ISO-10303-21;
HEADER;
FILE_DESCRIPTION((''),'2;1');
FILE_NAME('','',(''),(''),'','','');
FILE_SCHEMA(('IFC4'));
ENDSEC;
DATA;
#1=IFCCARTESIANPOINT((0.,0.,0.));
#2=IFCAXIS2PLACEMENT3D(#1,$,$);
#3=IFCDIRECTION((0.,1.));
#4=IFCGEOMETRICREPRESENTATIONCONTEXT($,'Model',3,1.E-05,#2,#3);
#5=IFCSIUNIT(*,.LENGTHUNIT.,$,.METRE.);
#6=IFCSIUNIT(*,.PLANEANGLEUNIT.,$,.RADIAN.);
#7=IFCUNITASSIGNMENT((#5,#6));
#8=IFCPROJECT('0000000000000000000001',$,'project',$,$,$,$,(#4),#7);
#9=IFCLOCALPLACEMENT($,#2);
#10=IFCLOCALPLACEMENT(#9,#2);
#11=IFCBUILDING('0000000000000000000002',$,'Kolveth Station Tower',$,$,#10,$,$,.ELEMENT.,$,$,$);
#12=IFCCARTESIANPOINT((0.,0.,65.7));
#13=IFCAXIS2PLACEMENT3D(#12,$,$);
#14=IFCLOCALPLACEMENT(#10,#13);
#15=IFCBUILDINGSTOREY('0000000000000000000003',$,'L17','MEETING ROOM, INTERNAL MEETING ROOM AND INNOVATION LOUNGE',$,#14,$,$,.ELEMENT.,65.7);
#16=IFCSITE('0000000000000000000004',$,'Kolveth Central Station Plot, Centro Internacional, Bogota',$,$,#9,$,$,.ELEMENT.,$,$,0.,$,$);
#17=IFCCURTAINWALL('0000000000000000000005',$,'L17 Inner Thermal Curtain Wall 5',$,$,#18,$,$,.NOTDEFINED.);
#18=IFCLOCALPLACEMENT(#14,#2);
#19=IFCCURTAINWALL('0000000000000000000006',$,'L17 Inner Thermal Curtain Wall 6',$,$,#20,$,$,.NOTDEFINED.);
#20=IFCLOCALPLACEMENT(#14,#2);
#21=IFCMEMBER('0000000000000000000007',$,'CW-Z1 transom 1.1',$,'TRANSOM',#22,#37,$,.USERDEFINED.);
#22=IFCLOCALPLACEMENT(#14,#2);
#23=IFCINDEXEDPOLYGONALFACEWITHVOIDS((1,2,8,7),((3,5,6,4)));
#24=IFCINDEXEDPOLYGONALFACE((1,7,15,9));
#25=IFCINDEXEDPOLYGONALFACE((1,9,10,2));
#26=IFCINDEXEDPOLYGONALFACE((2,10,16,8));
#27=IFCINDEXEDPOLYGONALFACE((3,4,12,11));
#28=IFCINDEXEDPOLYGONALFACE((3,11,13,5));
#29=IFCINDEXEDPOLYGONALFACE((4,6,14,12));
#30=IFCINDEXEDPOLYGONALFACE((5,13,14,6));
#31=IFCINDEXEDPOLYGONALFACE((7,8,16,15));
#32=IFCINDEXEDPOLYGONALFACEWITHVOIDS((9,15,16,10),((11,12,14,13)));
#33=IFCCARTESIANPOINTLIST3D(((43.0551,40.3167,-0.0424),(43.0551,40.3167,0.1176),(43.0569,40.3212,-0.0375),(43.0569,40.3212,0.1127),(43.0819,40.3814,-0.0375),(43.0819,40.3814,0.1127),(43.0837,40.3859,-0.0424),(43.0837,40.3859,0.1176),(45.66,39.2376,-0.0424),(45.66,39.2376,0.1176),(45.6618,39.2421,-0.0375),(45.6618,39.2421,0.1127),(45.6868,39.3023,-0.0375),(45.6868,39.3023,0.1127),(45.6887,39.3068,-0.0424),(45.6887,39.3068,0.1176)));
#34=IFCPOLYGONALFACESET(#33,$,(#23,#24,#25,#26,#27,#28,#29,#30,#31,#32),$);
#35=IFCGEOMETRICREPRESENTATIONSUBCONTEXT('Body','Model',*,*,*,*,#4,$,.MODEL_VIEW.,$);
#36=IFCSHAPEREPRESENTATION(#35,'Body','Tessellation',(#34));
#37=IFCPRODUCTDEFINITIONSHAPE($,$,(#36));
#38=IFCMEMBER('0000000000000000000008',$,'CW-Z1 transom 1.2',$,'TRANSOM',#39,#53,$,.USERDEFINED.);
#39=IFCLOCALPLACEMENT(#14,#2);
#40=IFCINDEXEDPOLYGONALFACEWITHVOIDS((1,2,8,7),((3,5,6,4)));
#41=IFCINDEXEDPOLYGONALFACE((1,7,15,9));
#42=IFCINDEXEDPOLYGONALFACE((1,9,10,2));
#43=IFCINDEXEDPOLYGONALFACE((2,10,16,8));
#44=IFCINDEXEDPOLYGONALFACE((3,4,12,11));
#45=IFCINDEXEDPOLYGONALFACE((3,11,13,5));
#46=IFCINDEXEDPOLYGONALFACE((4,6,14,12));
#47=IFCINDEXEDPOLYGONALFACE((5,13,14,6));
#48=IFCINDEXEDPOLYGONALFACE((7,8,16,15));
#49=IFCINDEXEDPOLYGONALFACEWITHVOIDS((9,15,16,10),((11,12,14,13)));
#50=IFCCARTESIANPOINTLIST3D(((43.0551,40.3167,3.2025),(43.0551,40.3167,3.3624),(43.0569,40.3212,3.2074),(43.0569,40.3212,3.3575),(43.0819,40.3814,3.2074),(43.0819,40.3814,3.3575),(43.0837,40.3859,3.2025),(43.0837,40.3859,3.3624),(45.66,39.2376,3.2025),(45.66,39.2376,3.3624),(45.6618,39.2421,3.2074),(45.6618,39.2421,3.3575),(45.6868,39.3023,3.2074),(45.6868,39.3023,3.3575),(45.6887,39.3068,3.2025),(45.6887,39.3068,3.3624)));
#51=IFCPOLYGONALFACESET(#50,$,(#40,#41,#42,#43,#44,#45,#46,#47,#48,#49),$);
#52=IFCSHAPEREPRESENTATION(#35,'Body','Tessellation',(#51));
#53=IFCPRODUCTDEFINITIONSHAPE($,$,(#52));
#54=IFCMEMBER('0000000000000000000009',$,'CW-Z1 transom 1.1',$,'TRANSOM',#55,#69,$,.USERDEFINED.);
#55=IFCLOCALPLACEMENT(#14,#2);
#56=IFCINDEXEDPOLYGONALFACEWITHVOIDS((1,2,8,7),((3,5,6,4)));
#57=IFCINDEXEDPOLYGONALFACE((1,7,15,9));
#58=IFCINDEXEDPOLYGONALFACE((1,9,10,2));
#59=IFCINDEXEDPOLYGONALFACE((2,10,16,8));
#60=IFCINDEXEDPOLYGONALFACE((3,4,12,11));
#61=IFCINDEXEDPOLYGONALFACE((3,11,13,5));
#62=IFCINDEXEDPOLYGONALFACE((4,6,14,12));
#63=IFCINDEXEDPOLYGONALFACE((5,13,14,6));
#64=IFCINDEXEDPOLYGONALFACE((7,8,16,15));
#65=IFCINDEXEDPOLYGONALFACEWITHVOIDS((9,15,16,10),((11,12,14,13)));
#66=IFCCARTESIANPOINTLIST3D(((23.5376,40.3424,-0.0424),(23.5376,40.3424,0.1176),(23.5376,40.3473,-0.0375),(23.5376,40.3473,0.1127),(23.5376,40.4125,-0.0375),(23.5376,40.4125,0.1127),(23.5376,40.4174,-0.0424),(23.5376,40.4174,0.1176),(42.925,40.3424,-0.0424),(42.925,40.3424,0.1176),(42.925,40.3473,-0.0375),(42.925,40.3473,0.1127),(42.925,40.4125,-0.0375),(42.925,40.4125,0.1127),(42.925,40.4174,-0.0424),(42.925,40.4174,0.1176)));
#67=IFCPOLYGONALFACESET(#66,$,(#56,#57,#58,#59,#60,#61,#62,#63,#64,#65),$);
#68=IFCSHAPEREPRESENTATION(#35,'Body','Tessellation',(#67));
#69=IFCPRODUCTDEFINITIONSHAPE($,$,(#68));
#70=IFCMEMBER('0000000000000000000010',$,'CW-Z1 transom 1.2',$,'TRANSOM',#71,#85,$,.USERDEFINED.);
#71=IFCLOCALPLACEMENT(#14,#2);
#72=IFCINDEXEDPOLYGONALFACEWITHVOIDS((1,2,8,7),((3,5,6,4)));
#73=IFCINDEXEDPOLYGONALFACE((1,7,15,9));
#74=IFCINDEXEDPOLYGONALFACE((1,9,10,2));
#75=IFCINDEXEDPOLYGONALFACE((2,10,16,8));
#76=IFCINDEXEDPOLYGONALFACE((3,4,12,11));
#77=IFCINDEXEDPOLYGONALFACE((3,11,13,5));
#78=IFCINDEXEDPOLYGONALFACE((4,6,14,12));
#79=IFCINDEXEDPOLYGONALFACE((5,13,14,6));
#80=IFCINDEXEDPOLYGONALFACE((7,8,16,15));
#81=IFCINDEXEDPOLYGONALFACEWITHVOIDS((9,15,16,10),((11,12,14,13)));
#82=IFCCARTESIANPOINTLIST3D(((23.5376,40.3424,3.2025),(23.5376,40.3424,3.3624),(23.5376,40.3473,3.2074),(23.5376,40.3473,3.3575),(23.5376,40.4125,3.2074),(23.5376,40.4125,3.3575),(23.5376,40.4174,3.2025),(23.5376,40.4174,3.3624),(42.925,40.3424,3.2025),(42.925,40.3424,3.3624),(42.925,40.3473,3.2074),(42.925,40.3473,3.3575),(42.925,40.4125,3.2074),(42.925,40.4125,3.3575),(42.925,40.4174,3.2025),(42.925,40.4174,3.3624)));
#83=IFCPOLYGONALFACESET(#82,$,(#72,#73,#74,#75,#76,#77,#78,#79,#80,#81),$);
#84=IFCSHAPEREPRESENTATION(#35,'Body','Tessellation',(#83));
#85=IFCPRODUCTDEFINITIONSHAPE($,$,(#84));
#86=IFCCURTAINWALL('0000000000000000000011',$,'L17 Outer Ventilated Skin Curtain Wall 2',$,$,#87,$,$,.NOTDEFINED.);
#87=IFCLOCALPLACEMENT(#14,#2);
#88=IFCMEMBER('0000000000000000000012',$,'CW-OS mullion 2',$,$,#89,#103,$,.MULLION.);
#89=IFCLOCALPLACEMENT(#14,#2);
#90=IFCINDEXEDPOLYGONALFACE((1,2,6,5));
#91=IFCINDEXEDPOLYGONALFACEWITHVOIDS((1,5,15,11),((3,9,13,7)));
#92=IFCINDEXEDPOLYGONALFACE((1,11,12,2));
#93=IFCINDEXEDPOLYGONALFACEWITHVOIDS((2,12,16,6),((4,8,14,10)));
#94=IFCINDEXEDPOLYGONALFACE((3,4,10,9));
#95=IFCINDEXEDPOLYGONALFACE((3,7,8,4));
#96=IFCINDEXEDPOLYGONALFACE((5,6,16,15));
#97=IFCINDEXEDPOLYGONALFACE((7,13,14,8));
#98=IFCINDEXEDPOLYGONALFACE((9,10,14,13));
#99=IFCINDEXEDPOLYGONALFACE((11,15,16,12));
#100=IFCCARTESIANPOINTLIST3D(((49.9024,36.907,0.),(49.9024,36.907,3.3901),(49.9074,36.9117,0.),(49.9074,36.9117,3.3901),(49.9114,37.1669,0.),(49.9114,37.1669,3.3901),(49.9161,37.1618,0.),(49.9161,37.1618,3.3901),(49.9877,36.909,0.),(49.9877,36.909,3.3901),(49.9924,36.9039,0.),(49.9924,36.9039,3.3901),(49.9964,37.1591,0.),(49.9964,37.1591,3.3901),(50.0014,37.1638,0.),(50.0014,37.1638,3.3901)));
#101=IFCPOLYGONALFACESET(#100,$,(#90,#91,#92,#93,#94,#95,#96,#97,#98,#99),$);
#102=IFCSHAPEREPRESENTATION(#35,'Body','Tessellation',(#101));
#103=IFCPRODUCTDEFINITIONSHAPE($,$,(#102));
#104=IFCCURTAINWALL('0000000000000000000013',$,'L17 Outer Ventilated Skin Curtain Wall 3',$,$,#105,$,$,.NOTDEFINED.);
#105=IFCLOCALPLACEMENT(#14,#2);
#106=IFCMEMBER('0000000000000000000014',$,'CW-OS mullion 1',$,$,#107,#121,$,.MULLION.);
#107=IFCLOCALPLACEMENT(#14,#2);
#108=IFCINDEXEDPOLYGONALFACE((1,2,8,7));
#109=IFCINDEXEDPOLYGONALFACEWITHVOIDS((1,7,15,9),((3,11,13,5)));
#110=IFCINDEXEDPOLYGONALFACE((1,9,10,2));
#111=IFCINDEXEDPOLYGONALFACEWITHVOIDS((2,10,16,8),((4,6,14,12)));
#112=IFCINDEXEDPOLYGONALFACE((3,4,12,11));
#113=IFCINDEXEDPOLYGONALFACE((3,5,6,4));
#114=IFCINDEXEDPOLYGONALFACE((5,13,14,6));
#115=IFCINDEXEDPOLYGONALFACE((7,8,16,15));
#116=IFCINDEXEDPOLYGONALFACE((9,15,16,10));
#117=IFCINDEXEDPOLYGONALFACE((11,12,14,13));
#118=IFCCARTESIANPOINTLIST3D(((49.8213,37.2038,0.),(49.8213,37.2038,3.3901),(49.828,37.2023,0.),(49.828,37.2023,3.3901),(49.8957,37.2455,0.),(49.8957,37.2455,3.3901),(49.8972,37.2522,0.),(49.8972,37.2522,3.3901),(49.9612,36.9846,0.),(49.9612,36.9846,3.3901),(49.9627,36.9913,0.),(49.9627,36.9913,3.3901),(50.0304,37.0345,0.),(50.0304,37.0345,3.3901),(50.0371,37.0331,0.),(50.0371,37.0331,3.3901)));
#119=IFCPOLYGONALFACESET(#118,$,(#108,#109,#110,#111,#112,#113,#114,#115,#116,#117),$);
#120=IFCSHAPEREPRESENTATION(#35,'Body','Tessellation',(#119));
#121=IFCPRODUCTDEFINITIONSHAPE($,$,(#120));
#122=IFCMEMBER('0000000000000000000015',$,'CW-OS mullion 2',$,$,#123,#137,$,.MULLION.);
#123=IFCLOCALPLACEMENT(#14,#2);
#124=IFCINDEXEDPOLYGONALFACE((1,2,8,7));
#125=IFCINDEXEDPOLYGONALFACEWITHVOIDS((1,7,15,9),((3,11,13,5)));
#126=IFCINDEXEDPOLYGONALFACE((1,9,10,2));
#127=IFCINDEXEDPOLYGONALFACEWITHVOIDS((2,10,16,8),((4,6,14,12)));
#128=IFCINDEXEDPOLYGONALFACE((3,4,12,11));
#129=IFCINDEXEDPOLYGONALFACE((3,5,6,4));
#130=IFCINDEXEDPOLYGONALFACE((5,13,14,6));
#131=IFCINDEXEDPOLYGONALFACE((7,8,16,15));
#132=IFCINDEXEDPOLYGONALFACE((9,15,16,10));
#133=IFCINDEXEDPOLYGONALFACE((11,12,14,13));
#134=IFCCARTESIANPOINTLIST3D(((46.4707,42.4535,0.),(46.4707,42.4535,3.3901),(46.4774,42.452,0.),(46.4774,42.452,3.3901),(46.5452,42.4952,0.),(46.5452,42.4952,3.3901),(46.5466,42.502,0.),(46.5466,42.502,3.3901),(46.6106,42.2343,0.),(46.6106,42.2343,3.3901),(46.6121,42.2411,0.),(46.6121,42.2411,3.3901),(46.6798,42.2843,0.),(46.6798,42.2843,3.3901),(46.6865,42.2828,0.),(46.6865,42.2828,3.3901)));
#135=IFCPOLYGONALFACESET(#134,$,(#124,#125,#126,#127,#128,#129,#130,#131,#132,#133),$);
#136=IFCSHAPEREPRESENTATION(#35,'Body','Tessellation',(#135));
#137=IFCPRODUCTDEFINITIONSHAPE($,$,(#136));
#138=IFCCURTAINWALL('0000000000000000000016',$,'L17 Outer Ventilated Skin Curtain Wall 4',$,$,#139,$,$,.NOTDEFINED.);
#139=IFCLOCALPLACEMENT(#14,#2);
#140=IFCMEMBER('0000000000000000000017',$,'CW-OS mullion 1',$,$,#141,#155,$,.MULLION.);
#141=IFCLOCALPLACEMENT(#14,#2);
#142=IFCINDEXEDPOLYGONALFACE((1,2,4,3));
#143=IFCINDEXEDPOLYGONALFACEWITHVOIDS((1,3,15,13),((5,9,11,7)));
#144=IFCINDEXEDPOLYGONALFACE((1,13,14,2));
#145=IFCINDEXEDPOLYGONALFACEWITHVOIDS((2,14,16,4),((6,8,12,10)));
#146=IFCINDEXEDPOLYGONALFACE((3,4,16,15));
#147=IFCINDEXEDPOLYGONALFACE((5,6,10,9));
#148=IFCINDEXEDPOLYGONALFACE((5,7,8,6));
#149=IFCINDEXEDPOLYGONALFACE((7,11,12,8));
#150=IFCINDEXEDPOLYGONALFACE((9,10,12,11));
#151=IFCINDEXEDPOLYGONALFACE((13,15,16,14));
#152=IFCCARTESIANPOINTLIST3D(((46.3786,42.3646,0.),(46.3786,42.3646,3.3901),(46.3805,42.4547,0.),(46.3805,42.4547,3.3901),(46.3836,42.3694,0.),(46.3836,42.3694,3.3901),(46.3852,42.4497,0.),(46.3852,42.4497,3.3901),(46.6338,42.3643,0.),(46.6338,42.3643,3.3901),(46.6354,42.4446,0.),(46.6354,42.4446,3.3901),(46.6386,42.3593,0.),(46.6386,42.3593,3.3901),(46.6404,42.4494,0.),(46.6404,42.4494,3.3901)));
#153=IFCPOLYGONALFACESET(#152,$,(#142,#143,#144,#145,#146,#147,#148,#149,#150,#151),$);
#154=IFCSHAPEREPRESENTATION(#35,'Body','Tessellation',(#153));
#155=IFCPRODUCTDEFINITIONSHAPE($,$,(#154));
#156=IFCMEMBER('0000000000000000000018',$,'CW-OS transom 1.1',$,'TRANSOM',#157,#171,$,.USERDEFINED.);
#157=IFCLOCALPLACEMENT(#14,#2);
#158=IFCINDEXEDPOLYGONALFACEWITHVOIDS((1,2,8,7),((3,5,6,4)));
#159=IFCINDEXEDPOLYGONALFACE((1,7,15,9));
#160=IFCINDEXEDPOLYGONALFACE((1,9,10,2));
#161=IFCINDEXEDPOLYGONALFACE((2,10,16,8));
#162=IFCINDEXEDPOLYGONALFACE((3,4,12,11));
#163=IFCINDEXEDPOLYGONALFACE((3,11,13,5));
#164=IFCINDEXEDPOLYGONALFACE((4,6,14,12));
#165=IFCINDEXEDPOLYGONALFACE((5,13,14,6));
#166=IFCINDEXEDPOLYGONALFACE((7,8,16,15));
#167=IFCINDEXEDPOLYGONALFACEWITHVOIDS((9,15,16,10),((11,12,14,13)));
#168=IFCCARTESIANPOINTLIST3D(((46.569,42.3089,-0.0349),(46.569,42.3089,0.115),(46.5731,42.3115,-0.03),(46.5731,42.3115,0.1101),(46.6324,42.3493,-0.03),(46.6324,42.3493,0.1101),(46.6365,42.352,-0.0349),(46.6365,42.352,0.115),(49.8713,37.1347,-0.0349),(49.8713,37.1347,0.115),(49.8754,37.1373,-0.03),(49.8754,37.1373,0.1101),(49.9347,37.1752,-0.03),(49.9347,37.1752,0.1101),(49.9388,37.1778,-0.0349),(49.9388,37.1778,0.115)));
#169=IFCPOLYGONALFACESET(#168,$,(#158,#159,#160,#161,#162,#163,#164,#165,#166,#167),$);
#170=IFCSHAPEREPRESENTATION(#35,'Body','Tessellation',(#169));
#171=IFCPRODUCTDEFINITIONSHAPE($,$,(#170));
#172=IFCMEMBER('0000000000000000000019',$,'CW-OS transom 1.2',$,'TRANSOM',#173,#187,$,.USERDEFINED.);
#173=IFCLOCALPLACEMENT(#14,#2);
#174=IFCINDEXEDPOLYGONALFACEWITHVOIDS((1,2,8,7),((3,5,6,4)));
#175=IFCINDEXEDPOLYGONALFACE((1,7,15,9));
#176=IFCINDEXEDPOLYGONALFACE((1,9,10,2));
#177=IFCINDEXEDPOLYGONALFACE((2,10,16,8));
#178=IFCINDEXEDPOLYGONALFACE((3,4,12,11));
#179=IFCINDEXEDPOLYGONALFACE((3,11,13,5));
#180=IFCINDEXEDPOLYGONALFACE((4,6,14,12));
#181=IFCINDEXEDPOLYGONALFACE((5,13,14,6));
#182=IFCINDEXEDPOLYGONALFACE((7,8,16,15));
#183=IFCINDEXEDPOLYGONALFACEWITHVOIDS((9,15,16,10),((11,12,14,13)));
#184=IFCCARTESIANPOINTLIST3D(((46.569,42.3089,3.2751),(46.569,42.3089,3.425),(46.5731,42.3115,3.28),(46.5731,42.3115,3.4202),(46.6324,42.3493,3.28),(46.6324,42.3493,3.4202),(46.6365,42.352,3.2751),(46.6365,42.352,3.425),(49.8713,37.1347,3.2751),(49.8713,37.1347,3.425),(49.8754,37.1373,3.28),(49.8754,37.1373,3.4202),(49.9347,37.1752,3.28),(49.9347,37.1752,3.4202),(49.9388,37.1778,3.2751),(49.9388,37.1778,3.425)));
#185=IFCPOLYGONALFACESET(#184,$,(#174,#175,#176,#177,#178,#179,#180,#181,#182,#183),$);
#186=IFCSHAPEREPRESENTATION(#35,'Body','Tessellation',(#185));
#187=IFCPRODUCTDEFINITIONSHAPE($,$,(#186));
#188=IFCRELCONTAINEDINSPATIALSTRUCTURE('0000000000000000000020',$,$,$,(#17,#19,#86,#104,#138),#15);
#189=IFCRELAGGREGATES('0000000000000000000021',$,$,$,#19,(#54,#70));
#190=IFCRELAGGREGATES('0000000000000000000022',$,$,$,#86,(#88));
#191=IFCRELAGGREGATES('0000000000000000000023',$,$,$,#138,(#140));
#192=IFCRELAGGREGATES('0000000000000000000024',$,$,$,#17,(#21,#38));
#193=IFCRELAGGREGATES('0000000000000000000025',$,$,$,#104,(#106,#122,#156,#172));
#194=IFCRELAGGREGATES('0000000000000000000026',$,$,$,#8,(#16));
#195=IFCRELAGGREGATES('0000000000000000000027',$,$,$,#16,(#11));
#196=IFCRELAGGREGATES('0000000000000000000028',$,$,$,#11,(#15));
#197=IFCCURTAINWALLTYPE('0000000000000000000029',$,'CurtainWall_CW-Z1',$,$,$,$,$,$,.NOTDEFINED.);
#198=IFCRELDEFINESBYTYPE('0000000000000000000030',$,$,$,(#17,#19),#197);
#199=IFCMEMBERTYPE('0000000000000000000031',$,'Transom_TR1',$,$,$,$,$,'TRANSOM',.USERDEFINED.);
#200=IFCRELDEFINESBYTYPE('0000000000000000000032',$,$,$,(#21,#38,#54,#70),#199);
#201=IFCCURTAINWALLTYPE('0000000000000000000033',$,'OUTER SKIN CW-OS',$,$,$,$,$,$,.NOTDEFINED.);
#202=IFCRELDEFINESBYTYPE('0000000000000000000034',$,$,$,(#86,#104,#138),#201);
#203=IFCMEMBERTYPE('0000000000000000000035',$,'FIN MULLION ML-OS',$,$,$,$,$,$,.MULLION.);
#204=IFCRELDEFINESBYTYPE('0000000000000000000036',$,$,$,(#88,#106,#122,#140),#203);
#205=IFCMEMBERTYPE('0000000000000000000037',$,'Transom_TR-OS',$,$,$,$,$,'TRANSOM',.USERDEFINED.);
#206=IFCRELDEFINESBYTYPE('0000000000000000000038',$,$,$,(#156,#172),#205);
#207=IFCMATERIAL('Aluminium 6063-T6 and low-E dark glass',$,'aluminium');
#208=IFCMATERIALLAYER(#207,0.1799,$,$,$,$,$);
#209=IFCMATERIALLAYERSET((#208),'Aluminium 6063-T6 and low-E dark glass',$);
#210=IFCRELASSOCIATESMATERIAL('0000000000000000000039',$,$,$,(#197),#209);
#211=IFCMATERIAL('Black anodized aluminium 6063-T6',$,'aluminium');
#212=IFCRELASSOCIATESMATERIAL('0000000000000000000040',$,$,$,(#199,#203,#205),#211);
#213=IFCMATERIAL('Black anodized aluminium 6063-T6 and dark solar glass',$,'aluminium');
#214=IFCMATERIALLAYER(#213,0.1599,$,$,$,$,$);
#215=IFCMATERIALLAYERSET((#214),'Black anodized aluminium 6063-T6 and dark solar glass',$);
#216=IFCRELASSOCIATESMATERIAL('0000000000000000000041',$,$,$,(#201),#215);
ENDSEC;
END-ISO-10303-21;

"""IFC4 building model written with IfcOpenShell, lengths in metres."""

from ifc_helpers import new_model, si_unit, direction, frame, origin, origin_2d, place, context, subcontext, project, spatial, hollow_rectangle, extrude, source, transform, mapped, material, layer, layer_set, material_profile, profile_set, type_object, element, aggregate, save


model = new_model("IFC4")

# Units and contexts
model_context = context("Model", 3, precision=1e-05, world=origin(), true_north=direction((0.0, 1.0)))
body_context = subcontext(model_context, "Body", "Model", "MODEL_VIEW")
ifc_project = project(units=[si_unit("LENGTHUNIT", "METRE"), si_unit("PLANEANGLEUNIT", "RADIAN")], contexts=[model_context])

# Site, building, storey
site_placement = place(None, origin())
site = spatial("IfcSite", under=ifc_project, at=site_placement, Name="Kolveth Central Station Plot, Centro Internacional, Bogota", CompositionType="ELEMENT", RefElevation=0.0)
building_placement = place(site_placement, origin())
building = spatial("IfcBuilding", under=site, at=building_placement, Name="Kolveth Station Tower", CompositionType="ELEMENT")
storey_placement = place(building_placement, frame((0.0, 0.0, 65.7)))
storey = spatial("IfcBuildingStorey", under=building, at=storey_placement, Name="L17", Description="MEETING ROOM, INTERNAL MEETING ROOM AND INNOVATION LOUNGE", CompositionType="ELEMENT", Elevation=65.7)

# Shared definitions
ifc_material_1 = material(Name="Aluminium 6063-T6 and low-E dark glass", Category="aluminium")
ifc_layer_1 = layer(ifc_material_1, 0.1799)
ifc_layer_set_1 = layer_set([ifc_layer_1], Name="Aluminium 6063-T6 and low-E dark glass")
curtain_wall_type_1 = type_object("IfcCurtainWallType", Name="CurtainWall_CW-Z1", PredefinedType="NOTDEFINED", material=ifc_layer_set_1)
ifc_material_2 = material(Name="Black anodized aluminium 6063-T6", Category="aluminium")

# Curtain wall
curtain_wall_1_placement = place(storey_placement, origin())
curtain_wall_1 = element("IfcCurtainWall", 1, at=curtain_wall_1_placement, inside=storey, type_object=curtain_wall_type_1, Name="L17 Inner Thermal Curtain Wall 5", PredefinedType="NOTDEFINED")

# Curtain wall
curtain_wall_2_placement = place(storey_placement, origin())
curtain_wall_2 = element("IfcCurtainWall", 2, at=curtain_wall_2_placement, inside=storey, type_object=curtain_wall_type_1, Name="L17 Inner Thermal Curtain Wall 6", PredefinedType="NOTDEFINED")

# Members
ifc_material_profile_1 = material_profile(ifc_material_2, hollow_rectangle(XDim=0.075, YDim=0.1599, WallThickness=0.0049, at=origin_2d()), Name="ALU-75x160x5")
ifc_profile_set_1 = profile_set([ifc_material_profile_1], Name="Black anodized aluminium 6063-T6")
member_type_1 = type_object("IfcMemberType", Name="Transom_TR1", ElementType="TRANSOM", PredefinedType="USERDEFINED", material=ifc_profile_set_1)
shared_shape_1 = source(origin(), body_context, "Body", "SweptSolid", [
    extrude(hollow_rectangle(XDim=0.075, YDim=0.1599, WallThickness=0.0049, at=origin_2d()), origin(), (0.0, 0.0, 1.0), 2.8196),
])
member_1_placement = place(storey_placement, frame((45.6743, 39.2722, 0.0376), z_axis=(-0.923869, 0.382709, 0.0), x_axis=(-0.382709, -0.923869, 0.0)))
member_1 = element("IfcMember", 3, at=member_1_placement, type_object=member_type_1, Name="CW-Z1 transom 1.1", ObjectType="TRANSOM", PredefinedType="USERDEFINED", context=body_context, shape_type="MappedRepresentation", body=[
    mapped(shared_shape_1, transform((0.0, 0.0, 0.0), x_axis=(1.0, 0.0, 0.0), y_axis=(0.0, 1.0, 0.0), z_axis=(0.0, 0.0, 1.0), scale=1.0)),
])
member_2_placement = place(storey_placement, frame((45.6743, 39.2722, 3.2825), z_axis=(-0.923869, 0.382709, 0.0), x_axis=(-0.382709, -0.923869, 0.0)))
member_2 = element("IfcMember", 4, at=member_2_placement, type_object=member_type_1, Name="CW-Z1 transom 1.2", ObjectType="TRANSOM", PredefinedType="USERDEFINED", context=body_context, shape_type="MappedRepresentation", body=[
    mapped(shared_shape_1, transform((0.0, 0.0, 0.0), x_axis=(1.0, 0.0, 0.0), y_axis=(0.0, 1.0, 0.0), z_axis=(0.0, 0.0, 1.0), scale=1.0)),
])
shared_shape_2 = source(origin(), body_context, "Body", "SweptSolid", [
    extrude(hollow_rectangle(XDim=0.075, YDim=0.1599, WallThickness=0.0049, at=origin_2d()), origin(), (0.0, 0.0, 1.0), 19.3875),
])
member_3_placement = place(storey_placement, frame((42.925, 40.3799, 0.0376), z_axis=(-1.0, 0.0, 0.0), x_axis=(0.0, -1.0, 0.0)))
member_3 = element("IfcMember", 5, at=member_3_placement, type_object=member_type_1, Name="CW-Z1 transom 1.1", ObjectType="TRANSOM", PredefinedType="USERDEFINED", context=body_context, shape_type="MappedRepresentation", body=[
    mapped(shared_shape_2, transform((0.0, 0.0, 0.0), x_axis=(1.0, 0.0, 0.0), y_axis=(0.0, 1.0, 0.0), z_axis=(0.0, 0.0, 1.0), scale=1.0)),
])
member_4_placement = place(storey_placement, frame((42.925, 40.3799, 3.2825), z_axis=(-1.0, 0.0, 0.0), x_axis=(0.0, -1.0, 0.0)))
member_4 = element("IfcMember", 6, at=member_4_placement, type_object=member_type_1, Name="CW-Z1 transom 1.2", ObjectType="TRANSOM", PredefinedType="USERDEFINED", context=body_context, shape_type="MappedRepresentation", body=[
    mapped(shared_shape_2, transform((0.0, 0.0, 0.0), x_axis=(1.0, 0.0, 0.0), y_axis=(0.0, 1.0, 0.0), z_axis=(0.0, 0.0, 1.0), scale=1.0)),
])
aggregate(curtain_wall_2, [member_3, member_4])

# Curtain wall, member
ifc_material_3 = material(Name="Black anodized aluminium 6063-T6 and dark solar glass", Category="aluminium")
ifc_layer_2 = layer(ifc_material_3, 0.1599)
ifc_layer_set_2 = layer_set([ifc_layer_2], Name="Black anodized aluminium 6063-T6 and dark solar glass")
curtain_wall_type_2 = type_object("IfcCurtainWallType", Name="OUTER SKIN CW-OS", PredefinedType="NOTDEFINED", material=ifc_layer_set_2)
curtain_wall_3_placement = place(storey_placement, origin())
curtain_wall_3 = element("IfcCurtainWall", 7, at=curtain_wall_3_placement, inside=storey, type_object=curtain_wall_type_2, Name="L17 Outer Ventilated Skin Curtain Wall 2", PredefinedType="NOTDEFINED")
ifc_material_profile_2 = material_profile(ifc_material_2, hollow_rectangle(XDim=0.0901, YDim=0.26, WallThickness=0.0049, at=origin_2d()), Name="ALU-90x260x5")
ifc_profile_set_2 = profile_set([ifc_material_profile_2], Name="Black anodized aluminium 6063-T6")
member_type_2 = type_object("IfcMemberType", Name="FIN MULLION ML-OS", PredefinedType="MULLION", material=ifc_profile_set_2)
shared_shape_3 = source(origin(), body_context, "Body", "SweptSolid", [
    extrude(hollow_rectangle(XDim=0.0901, YDim=0.26, WallThickness=0.0049, at=origin_2d()), origin(), (0.0, 0.0, 1.0), 3.3901),
])
member_5_placement = place(storey_placement, frame((49.9519, 37.0354, 0.0), z_axis=(0.0, 0.0, 1.0), x_axis=(-0.999396, 0.034742, 0.0)))
member_5 = element("IfcMember", 8, at=member_5_placement, type_object=member_type_2, Name="CW-OS mullion 2", PredefinedType="MULLION", context=body_context, shape_type="MappedRepresentation", body=[
    mapped(shared_shape_3, transform((0.0, 0.0, 0.0), x_axis=(1.0, 0.0, 0.0), y_axis=(0.0, 1.0, 0.0), z_axis=(0.0, 0.0, 1.0), scale=1.0)),
])
aggregate(curtain_wall_3, [member_5])

# Curtain wall, members
curtain_wall_4_placement = place(storey_placement, origin())
curtain_wall_4 = element("IfcCurtainWall", 9, at=curtain_wall_4_placement, inside=storey, type_object=curtain_wall_type_2, Name="L17 Outer Ventilated Skin Curtain Wall 3", PredefinedType="NOTDEFINED")
member_6_placement = place(storey_placement, frame((49.9292, 37.1184, 0.0), z_axis=(0.0, 0.0, 1.0), x_axis=(-0.842943, -0.538004, 0.0)))
member_6 = element("IfcMember", 10, at=member_6_placement, type_object=member_type_2, Name="CW-OS mullion 1", PredefinedType="MULLION", context=body_context, shape_type="MappedRepresentation", body=[
    mapped(shared_shape_3, transform((0.0, 0.0, 0.0), x_axis=(1.0, 0.0, 0.0), y_axis=(0.0, 1.0, 0.0), z_axis=(0.0, 0.0, 1.0), scale=1.0)),
])
member_7_placement = place(storey_placement, frame((46.5786, 42.3682, 0.0), z_axis=(0.0, 0.0, 1.0), x_axis=(-0.842943, -0.538004, 0.0)))
member_7 = element("IfcMember", 11, at=member_7_placement, type_object=member_type_2, Name="CW-OS mullion 2", PredefinedType="MULLION", context=body_context, shape_type="MappedRepresentation", body=[
    mapped(shared_shape_3, transform((0.0, 0.0, 0.0), x_axis=(1.0, 0.0, 0.0), y_axis=(0.0, 1.0, 0.0), z_axis=(0.0, 0.0, 1.0), scale=1.0)),
])

# Curtain wall, member
curtain_wall_5_placement = place(storey_placement, origin())
curtain_wall_5 = element("IfcCurtainWall", 12, at=curtain_wall_5_placement, inside=storey, type_object=curtain_wall_type_2, Name="L17 Outer Ventilated Skin Curtain Wall 4", PredefinedType="NOTDEFINED")
member_8_placement = place(storey_placement, frame((46.5095, 42.407, 0.0), z_axis=(0.0, 0.0, 1.0), x_axis=(-0.020474, -0.99979, 0.0)))
member_8 = element("IfcMember", 13, at=member_8_placement, type_object=member_type_2, Name="CW-OS mullion 1", PredefinedType="MULLION", context=body_context, shape_type="MappedRepresentation", body=[
    mapped(shared_shape_3, transform((0.0, 0.0, 0.0), x_axis=(1.0, 0.0, 0.0), y_axis=(0.0, 1.0, 0.0), z_axis=(0.0, 0.0, 1.0), scale=1.0)),
])

# Members
ifc_material_profile_3 = material_profile(ifc_material_2, hollow_rectangle(XDim=0.0801, YDim=0.1499, WallThickness=0.0049, at=origin_2d()), Name="ALU-80x150x5")
ifc_profile_set_3 = profile_set([ifc_material_profile_3], Name="Black anodized aluminium 6063-T6")
member_type_3 = type_object("IfcMemberType", Name="Transom_TR-OS", ElementType="TRANSOM", PredefinedType="USERDEFINED", material=ifc_profile_set_3)
shared_shape_4 = source(origin(), body_context, "Body", "SweptSolid", [
    extrude(hollow_rectangle(XDim=0.0801, YDim=0.1499, WallThickness=0.0049, at=origin_2d()), origin(), (0.0, 0.0, 1.0), 6.1382),
])
member_9_placement = place(storey_placement, frame((49.905, 37.1562, 0.04), z_axis=(-0.537995, 0.842948, 0.0), x_axis=(-0.842948, -0.537995, 0.0)))
member_9 = element("IfcMember", 14, at=member_9_placement, type_object=member_type_3, Name="CW-OS transom 1.1", ObjectType="TRANSOM", PredefinedType="USERDEFINED", context=body_context, shape_type="MappedRepresentation", body=[
    mapped(shared_shape_4, transform((0.0, 0.0, 0.0), x_axis=(1.0, 0.0, 0.0), y_axis=(0.0, 1.0, 0.0), z_axis=(0.0, 0.0, 1.0), scale=1.0)),
])
member_10_placement = place(storey_placement, frame((49.905, 37.1562, 3.3501), z_axis=(-0.537995, 0.842948, 0.0), x_axis=(-0.842948, -0.537995, 0.0)))
member_10 = element("IfcMember", 15, at=member_10_placement, type_object=member_type_3, Name="CW-OS transom 1.2", ObjectType="TRANSOM", PredefinedType="USERDEFINED", context=body_context, shape_type="MappedRepresentation", body=[
    mapped(shared_shape_4, transform((0.0, 0.0, 0.0), x_axis=(1.0, 0.0, 0.0), y_axis=(0.0, 1.0, 0.0), z_axis=(0.0, 0.0, 1.0), scale=1.0)),
])
aggregate(curtain_wall_5, [member_8])

aggregate(curtain_wall_1, [member_1, member_2])
aggregate(curtain_wall_4, [member_6, member_7, member_9, member_10])

save(model, "model.ifc")
